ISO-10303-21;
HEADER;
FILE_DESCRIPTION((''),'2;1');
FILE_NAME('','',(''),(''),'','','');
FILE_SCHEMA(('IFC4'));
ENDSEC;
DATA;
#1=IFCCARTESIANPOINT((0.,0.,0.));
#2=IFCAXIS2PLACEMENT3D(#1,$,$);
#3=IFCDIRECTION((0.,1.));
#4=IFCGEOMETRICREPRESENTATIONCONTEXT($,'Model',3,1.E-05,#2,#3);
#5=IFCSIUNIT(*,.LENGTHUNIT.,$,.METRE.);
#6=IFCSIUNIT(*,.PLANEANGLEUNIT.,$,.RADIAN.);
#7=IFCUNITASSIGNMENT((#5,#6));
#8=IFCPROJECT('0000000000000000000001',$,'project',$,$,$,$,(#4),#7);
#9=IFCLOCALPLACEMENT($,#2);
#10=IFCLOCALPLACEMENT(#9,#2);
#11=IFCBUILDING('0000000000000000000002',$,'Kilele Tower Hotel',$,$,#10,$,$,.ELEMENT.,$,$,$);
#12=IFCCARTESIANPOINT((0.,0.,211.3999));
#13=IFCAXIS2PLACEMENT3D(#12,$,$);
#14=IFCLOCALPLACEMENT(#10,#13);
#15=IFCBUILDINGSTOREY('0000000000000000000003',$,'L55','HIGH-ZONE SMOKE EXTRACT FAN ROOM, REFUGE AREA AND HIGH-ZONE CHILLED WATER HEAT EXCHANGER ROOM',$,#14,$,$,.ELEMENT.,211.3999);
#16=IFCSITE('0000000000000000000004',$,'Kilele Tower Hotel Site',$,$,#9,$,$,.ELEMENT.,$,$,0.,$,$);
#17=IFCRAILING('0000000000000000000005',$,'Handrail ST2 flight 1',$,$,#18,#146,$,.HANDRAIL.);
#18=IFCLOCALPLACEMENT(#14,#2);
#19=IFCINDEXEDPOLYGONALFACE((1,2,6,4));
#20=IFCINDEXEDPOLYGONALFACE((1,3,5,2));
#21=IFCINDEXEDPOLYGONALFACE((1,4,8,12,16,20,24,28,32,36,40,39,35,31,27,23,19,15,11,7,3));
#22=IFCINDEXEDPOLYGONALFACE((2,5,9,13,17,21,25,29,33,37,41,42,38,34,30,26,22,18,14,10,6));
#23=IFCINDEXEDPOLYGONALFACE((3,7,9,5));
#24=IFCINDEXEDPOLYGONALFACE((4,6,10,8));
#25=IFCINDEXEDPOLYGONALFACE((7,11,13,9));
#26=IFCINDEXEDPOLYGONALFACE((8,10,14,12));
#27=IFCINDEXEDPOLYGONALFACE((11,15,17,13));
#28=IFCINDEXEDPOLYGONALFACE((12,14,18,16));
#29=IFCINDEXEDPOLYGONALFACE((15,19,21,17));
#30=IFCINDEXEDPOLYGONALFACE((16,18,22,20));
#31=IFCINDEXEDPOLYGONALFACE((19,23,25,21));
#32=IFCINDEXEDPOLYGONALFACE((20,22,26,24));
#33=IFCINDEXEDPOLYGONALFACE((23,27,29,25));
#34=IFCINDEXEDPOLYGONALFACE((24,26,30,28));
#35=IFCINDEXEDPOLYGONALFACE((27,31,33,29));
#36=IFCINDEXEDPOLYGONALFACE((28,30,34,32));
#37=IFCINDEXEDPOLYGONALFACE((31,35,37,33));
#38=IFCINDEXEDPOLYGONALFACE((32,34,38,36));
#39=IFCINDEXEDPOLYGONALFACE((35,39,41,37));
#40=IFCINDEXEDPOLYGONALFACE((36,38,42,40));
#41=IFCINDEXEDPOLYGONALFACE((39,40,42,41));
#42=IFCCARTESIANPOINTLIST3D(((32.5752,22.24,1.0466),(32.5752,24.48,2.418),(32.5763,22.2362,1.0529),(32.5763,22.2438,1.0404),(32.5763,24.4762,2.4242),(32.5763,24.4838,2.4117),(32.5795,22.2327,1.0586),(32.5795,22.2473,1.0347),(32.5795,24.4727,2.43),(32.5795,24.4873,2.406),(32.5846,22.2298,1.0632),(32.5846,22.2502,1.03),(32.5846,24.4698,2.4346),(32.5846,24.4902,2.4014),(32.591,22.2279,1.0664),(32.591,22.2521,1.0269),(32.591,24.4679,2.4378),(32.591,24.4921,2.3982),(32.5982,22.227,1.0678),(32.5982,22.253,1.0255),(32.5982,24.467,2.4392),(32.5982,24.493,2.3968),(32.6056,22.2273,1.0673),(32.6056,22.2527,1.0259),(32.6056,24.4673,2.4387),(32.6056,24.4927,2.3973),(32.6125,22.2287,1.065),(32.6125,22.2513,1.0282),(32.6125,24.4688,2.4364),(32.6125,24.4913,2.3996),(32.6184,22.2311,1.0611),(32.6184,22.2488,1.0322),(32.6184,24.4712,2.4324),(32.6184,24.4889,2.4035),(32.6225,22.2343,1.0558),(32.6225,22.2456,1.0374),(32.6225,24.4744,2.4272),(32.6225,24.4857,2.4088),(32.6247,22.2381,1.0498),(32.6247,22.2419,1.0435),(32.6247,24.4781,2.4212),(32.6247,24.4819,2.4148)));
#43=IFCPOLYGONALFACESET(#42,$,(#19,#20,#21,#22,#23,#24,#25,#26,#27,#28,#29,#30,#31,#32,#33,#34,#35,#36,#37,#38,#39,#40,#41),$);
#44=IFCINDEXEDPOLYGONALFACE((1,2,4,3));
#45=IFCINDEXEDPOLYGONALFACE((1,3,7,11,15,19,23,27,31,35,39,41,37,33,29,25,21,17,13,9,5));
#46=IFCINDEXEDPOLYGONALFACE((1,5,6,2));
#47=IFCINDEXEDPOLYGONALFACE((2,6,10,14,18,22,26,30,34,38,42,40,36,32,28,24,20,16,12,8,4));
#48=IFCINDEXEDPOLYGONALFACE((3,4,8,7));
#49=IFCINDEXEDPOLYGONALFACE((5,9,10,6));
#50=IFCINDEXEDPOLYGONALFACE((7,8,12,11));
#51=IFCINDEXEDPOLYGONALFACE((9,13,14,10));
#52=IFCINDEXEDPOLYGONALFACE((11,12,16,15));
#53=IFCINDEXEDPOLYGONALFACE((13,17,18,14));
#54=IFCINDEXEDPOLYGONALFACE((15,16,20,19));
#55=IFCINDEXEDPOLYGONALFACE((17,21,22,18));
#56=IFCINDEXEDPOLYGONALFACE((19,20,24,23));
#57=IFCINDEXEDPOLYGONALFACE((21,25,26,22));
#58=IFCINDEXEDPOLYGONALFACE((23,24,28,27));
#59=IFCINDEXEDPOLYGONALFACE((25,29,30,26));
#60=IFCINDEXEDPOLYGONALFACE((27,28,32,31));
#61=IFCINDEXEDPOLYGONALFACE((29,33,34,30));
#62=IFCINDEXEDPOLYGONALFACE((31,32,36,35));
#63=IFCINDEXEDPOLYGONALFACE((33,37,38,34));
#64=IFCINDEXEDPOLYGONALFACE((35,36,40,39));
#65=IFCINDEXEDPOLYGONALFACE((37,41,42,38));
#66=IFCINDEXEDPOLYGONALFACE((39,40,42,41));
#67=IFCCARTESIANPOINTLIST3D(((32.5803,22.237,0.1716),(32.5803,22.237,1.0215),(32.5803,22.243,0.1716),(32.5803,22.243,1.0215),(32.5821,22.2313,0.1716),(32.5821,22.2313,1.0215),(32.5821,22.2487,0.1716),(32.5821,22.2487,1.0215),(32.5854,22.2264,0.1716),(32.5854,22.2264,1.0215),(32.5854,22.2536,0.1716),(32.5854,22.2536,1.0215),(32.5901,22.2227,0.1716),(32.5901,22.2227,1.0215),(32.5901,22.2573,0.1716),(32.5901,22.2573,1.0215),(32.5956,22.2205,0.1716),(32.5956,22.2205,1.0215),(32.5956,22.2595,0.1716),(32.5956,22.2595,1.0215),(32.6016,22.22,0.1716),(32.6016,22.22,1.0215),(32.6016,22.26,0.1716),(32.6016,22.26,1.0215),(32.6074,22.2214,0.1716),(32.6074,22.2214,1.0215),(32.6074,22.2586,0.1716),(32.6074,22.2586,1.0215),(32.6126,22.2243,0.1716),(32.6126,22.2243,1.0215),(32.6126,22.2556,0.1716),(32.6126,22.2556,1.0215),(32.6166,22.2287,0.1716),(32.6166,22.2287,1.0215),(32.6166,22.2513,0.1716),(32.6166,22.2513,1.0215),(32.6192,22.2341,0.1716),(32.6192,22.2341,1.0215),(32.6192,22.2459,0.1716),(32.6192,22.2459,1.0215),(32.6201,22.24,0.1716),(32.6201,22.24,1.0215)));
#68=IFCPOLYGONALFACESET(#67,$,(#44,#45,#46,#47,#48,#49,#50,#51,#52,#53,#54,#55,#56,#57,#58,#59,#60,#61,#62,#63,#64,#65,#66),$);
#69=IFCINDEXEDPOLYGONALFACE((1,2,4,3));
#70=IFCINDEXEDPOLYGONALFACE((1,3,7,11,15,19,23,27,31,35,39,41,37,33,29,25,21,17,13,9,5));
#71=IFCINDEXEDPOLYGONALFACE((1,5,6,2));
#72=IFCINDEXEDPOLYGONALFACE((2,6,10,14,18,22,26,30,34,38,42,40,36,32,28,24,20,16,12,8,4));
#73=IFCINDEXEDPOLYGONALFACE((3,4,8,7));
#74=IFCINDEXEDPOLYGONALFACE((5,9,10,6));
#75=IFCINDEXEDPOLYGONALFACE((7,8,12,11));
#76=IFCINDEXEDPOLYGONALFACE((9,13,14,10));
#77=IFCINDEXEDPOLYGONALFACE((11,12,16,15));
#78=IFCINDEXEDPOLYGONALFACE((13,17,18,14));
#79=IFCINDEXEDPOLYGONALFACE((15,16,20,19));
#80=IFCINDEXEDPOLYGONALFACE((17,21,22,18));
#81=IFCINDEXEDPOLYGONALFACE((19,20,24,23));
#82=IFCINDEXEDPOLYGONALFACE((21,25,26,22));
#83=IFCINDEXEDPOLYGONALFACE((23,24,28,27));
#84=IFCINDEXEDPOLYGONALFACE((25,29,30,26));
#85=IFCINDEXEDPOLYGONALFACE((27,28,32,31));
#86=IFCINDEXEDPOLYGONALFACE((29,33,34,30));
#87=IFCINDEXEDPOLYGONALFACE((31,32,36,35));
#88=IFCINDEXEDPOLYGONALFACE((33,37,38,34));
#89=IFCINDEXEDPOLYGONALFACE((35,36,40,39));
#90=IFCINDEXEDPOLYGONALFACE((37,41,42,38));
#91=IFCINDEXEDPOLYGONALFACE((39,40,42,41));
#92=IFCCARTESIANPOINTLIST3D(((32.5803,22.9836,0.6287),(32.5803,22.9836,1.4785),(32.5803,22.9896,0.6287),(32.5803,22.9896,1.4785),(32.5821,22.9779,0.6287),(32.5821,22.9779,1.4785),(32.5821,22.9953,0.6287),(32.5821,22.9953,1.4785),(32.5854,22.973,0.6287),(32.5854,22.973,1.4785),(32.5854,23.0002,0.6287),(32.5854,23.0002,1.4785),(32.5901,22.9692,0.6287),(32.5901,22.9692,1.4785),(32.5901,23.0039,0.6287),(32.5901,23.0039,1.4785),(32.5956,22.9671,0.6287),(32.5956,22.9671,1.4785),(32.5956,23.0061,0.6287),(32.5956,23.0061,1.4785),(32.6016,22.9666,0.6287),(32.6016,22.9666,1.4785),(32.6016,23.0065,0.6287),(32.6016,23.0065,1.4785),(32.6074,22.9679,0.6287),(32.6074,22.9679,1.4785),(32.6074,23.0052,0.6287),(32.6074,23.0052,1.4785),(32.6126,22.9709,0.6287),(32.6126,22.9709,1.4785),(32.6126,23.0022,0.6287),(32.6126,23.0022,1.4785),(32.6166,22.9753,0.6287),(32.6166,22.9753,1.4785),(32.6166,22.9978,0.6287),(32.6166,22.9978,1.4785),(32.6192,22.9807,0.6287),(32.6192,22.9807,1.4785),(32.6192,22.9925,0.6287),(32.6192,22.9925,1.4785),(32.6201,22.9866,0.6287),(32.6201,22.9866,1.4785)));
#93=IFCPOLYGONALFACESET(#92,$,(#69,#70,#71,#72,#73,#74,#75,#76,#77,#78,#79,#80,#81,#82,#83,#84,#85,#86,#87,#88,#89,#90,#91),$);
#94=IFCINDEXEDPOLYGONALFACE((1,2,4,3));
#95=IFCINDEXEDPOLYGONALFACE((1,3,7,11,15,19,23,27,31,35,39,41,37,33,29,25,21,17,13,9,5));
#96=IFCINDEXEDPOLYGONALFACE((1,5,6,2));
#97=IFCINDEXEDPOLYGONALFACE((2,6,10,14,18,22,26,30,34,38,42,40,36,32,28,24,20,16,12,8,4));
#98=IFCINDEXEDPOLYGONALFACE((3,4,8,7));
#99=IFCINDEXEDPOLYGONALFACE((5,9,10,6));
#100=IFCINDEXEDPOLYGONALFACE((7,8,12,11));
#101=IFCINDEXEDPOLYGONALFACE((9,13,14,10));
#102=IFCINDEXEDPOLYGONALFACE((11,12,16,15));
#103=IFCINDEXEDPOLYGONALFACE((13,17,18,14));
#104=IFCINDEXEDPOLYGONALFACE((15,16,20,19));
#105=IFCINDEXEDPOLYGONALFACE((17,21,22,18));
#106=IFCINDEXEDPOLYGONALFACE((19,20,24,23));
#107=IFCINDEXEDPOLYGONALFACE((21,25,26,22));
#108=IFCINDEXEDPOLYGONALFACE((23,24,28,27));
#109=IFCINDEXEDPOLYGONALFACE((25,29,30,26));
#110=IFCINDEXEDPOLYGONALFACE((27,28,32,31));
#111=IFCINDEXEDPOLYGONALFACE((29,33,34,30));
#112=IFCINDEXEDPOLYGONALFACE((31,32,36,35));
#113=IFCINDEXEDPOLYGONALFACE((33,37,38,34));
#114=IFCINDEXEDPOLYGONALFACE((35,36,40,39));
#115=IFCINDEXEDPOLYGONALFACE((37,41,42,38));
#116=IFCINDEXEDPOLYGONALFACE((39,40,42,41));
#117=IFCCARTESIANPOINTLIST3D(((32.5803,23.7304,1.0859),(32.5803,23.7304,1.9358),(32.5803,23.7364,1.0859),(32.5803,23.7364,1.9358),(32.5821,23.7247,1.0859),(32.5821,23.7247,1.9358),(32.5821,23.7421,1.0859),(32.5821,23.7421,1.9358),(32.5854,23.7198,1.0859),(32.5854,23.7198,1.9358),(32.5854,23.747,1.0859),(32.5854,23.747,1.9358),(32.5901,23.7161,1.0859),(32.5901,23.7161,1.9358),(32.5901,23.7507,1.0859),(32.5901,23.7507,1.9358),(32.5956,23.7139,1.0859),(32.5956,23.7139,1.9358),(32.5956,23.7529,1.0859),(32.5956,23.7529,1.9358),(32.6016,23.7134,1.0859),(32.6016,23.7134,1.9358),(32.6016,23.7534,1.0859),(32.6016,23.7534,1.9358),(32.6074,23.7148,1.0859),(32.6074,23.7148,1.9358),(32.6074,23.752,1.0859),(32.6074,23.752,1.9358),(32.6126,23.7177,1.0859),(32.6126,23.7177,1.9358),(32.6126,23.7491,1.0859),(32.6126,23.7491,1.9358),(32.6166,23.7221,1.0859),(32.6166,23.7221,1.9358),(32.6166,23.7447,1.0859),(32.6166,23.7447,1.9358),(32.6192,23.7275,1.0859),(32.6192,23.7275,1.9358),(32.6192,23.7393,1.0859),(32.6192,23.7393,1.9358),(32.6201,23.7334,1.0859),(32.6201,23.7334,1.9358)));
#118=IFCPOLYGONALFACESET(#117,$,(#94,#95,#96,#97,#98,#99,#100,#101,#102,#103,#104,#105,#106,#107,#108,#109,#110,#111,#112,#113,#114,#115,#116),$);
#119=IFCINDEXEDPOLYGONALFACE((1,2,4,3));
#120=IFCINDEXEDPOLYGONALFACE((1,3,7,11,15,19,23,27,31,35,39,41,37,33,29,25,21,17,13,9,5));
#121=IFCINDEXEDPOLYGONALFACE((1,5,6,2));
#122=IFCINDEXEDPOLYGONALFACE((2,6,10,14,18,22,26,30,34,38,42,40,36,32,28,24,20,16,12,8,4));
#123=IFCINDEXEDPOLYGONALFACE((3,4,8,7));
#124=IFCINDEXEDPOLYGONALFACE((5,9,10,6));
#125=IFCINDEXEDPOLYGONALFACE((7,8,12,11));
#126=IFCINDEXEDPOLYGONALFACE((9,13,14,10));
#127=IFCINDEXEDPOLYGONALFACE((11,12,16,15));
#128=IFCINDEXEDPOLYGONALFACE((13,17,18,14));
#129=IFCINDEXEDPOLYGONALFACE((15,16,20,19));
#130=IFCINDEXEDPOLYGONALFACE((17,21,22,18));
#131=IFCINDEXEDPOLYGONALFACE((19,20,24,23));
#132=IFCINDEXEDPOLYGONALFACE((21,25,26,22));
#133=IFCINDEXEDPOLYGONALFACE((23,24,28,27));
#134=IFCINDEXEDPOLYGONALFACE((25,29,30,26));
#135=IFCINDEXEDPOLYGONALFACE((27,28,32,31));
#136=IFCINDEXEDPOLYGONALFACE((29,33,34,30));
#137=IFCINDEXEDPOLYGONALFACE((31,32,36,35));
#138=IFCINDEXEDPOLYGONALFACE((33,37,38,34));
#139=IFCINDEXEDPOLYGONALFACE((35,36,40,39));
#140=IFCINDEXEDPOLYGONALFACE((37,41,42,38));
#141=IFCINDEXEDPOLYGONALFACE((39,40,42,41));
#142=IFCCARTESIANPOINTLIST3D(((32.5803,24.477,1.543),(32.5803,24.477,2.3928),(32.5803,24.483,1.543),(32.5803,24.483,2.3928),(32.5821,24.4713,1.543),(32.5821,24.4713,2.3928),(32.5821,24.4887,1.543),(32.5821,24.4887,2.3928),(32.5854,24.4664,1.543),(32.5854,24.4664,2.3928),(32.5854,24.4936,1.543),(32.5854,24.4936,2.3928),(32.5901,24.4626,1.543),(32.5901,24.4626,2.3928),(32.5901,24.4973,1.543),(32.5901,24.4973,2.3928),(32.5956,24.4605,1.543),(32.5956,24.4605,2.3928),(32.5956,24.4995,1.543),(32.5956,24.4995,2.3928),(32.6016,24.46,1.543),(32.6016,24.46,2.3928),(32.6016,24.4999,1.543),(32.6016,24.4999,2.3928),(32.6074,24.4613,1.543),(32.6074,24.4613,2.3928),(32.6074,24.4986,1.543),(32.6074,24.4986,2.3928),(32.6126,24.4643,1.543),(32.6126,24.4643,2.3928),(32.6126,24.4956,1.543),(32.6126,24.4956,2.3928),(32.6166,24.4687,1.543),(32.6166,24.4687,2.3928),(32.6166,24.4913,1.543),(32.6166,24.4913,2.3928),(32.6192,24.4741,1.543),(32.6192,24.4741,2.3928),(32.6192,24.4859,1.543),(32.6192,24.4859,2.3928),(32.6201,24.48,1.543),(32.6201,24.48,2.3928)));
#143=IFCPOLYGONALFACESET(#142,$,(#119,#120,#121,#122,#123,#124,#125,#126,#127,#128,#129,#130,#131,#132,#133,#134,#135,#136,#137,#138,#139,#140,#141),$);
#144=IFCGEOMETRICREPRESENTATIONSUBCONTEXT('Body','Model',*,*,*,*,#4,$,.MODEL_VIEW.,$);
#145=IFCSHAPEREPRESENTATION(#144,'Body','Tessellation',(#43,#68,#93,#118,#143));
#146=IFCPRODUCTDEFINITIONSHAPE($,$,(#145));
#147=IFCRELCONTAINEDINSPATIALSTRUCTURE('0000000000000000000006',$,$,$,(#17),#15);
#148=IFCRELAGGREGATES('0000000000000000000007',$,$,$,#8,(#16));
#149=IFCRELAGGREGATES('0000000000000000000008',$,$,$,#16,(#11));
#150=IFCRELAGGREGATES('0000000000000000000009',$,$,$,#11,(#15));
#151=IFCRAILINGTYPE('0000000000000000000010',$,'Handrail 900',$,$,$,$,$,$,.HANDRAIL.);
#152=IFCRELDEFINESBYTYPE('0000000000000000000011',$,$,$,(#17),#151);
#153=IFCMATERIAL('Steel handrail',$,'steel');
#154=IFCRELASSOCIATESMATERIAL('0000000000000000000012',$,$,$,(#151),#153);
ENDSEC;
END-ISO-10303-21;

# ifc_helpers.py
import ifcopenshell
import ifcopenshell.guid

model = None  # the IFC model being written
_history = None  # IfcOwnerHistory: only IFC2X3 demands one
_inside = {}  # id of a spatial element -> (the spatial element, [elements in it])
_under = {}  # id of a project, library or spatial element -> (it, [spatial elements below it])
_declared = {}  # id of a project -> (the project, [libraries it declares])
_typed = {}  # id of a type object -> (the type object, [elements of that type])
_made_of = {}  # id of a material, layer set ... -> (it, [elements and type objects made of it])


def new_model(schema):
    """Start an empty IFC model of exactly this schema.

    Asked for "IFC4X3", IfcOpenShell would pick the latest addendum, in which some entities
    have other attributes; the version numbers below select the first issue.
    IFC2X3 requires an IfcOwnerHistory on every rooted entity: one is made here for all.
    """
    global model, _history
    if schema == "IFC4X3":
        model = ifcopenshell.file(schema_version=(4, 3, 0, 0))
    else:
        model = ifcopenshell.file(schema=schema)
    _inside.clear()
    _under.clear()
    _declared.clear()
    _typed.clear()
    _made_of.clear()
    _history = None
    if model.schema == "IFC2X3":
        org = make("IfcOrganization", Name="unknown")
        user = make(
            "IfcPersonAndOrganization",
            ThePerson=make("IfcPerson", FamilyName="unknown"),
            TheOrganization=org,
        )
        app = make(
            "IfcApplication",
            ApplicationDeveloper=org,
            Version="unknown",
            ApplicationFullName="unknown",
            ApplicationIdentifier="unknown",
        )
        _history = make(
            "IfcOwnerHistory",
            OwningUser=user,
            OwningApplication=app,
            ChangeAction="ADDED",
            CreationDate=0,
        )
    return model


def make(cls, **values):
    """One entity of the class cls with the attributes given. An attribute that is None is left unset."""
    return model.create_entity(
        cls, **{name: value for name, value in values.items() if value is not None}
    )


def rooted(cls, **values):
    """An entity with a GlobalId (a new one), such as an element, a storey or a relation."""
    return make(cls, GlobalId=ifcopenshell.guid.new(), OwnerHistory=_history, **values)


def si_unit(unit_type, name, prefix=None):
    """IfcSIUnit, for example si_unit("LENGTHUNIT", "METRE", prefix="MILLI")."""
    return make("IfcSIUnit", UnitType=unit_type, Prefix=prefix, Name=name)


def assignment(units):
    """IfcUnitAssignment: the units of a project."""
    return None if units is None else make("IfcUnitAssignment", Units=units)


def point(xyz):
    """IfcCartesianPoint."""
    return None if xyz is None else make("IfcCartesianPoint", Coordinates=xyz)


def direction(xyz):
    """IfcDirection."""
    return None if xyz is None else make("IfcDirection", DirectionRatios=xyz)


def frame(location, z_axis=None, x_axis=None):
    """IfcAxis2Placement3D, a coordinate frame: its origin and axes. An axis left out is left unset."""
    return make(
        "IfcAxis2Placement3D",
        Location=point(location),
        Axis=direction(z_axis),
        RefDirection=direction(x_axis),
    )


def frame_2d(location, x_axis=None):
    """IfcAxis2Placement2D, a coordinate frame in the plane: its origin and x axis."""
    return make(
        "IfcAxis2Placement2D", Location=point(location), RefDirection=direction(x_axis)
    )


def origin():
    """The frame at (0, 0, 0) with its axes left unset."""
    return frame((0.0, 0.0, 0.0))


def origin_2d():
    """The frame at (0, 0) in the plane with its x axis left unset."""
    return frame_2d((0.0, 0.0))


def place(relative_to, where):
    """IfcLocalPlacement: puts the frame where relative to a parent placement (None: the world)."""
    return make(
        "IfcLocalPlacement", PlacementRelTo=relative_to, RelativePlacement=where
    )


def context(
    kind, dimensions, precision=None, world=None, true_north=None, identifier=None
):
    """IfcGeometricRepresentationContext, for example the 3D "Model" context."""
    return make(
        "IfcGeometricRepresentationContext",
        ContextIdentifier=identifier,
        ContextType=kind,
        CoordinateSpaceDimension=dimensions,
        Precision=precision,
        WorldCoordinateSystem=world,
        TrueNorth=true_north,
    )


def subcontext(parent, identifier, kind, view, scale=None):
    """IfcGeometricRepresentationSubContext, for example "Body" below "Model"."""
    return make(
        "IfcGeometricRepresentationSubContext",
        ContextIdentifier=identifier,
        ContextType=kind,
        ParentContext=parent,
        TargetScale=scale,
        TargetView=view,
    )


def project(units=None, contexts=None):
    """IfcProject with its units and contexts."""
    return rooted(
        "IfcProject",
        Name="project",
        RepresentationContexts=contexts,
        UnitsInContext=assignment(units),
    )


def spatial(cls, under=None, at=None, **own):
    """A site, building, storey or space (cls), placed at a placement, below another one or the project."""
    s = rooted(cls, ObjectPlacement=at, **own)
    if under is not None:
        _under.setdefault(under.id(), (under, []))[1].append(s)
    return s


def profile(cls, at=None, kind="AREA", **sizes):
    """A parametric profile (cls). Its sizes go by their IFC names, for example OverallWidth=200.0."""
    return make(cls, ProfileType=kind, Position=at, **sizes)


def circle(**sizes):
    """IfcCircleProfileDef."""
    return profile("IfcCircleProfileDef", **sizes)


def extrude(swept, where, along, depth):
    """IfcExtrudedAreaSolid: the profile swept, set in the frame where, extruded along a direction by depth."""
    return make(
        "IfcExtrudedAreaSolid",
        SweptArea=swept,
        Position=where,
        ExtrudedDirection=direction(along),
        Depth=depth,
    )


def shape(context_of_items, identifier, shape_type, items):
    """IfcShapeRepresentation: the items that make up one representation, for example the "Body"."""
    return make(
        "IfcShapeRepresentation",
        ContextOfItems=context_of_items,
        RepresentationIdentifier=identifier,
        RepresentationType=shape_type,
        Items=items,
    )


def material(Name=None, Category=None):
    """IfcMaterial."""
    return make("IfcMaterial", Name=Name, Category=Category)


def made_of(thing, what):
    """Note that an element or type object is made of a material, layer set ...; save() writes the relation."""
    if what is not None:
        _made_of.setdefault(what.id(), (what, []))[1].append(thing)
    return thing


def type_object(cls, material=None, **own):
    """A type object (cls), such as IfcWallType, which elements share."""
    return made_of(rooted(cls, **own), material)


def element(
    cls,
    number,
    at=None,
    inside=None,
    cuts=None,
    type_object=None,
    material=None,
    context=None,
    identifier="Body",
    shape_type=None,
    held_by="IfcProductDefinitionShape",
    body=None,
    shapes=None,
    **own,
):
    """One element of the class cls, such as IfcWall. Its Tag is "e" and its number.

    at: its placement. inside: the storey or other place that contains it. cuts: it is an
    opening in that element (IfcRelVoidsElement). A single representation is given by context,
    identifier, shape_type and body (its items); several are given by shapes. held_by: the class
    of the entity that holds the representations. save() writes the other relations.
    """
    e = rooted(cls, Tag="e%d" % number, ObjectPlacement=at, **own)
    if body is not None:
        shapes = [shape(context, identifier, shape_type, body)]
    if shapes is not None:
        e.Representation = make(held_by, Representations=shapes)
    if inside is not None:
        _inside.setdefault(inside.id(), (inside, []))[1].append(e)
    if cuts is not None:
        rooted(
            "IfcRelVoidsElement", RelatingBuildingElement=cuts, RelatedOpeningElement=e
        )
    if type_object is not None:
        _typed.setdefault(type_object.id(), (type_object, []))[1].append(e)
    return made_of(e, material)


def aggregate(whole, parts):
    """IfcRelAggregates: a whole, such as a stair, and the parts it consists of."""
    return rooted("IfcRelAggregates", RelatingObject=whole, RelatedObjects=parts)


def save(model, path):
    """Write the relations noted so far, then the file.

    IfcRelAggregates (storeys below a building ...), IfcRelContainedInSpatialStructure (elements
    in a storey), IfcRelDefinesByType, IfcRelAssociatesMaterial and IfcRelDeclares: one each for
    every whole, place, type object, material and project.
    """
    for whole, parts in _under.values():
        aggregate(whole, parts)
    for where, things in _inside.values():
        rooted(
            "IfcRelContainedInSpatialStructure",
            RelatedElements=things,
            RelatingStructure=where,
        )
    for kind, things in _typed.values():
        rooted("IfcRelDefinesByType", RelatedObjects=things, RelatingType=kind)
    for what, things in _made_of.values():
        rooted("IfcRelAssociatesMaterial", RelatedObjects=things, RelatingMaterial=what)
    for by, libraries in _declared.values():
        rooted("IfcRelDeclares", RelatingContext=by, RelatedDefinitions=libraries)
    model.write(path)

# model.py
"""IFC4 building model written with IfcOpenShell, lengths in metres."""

from ifc_helpers import new_model, si_unit, direction, frame, origin, origin_2d, place, context, subcontext, project, spatial, circle, extrude, material, type_object, element, save


model = new_model("IFC4")

# Units and contexts
model_context = context("Model", 3, precision=1e-05, world=origin(), true_north=direction((0.0, 1.0)))
body_context = subcontext(model_context, "Body", "Model", "MODEL_VIEW")
ifc_project = project(units=[si_unit("LENGTHUNIT", "METRE"), si_unit("PLANEANGLEUNIT", "RADIAN")], contexts=[model_context])

# Site, building, storey
site_placement = place(None, origin())
site = spatial("IfcSite", under=ifc_project, at=site_placement, Name="Kilele Tower Hotel Site", CompositionType="ELEMENT", RefElevation=0.0)
building_placement = place(site_placement, origin())
building = spatial("IfcBuilding", under=site, at=building_placement, Name="Kilele Tower Hotel", CompositionType="ELEMENT")
storey_placement = place(building_placement, frame((0.0, 0.0, 211.3999)))
storey = spatial("IfcBuildingStorey", under=building, at=storey_placement, Name="L55", Description="HIGH-ZONE SMOKE EXTRACT FAN ROOM, REFUGE AREA AND HIGH-ZONE CHILLED WATER HEAT EXCHANGER ROOM", CompositionType="ELEMENT", Elevation=211.3999)

# Railing
ifc_material_1 = material(Name="Steel handrail", Category="steel")
railing_type_1 = type_object("IfcRailingType", Name="Handrail 900", PredefinedType="HANDRAIL", material=ifc_material_1)
for number, where, name in (
    (1, (32.6001, 22.24, 0.1716), "Handrail ST2 flight 1"),
):
    element("IfcRailing", number, at=place(storey_placement, frame(where)), inside=storey, type_object=railing_type_1, Name=name, PredefinedType="HANDRAIL", context=body_context, shape_type="SweptSolid", body=[
        extrude(circle(Radius=0.0249, at=origin_2d()), frame((0.0, 0.0, 0.875), z_axis=(0.0, 0.852866, 0.52213), x_axis=(-1.0, 0.0, 0.0)), (0.0, 0.0, 1.0), 2.6265),
        extrude(circle(Radius=0.02, at=origin_2d()), origin(), (0.0, 0.0, 1.0), 0.8499),
        extrude(circle(Radius=0.02, at=origin_2d()), frame((0.0, 0.7466, 0.457)), (0.0, 0.0, 1.0), 0.8499),
        extrude(circle(Radius=0.02, at=origin_2d()), frame((0.0, 1.4934, 0.9143)), (0.0, 0.0, 1.0), 0.8499),
        extrude(circle(Radius=0.02, at=origin_2d()), frame((0.0, 2.24, 1.3713)), (0.0, 0.0, 1.0), 0.8499),
    ])

save(model, "model.ifc")
